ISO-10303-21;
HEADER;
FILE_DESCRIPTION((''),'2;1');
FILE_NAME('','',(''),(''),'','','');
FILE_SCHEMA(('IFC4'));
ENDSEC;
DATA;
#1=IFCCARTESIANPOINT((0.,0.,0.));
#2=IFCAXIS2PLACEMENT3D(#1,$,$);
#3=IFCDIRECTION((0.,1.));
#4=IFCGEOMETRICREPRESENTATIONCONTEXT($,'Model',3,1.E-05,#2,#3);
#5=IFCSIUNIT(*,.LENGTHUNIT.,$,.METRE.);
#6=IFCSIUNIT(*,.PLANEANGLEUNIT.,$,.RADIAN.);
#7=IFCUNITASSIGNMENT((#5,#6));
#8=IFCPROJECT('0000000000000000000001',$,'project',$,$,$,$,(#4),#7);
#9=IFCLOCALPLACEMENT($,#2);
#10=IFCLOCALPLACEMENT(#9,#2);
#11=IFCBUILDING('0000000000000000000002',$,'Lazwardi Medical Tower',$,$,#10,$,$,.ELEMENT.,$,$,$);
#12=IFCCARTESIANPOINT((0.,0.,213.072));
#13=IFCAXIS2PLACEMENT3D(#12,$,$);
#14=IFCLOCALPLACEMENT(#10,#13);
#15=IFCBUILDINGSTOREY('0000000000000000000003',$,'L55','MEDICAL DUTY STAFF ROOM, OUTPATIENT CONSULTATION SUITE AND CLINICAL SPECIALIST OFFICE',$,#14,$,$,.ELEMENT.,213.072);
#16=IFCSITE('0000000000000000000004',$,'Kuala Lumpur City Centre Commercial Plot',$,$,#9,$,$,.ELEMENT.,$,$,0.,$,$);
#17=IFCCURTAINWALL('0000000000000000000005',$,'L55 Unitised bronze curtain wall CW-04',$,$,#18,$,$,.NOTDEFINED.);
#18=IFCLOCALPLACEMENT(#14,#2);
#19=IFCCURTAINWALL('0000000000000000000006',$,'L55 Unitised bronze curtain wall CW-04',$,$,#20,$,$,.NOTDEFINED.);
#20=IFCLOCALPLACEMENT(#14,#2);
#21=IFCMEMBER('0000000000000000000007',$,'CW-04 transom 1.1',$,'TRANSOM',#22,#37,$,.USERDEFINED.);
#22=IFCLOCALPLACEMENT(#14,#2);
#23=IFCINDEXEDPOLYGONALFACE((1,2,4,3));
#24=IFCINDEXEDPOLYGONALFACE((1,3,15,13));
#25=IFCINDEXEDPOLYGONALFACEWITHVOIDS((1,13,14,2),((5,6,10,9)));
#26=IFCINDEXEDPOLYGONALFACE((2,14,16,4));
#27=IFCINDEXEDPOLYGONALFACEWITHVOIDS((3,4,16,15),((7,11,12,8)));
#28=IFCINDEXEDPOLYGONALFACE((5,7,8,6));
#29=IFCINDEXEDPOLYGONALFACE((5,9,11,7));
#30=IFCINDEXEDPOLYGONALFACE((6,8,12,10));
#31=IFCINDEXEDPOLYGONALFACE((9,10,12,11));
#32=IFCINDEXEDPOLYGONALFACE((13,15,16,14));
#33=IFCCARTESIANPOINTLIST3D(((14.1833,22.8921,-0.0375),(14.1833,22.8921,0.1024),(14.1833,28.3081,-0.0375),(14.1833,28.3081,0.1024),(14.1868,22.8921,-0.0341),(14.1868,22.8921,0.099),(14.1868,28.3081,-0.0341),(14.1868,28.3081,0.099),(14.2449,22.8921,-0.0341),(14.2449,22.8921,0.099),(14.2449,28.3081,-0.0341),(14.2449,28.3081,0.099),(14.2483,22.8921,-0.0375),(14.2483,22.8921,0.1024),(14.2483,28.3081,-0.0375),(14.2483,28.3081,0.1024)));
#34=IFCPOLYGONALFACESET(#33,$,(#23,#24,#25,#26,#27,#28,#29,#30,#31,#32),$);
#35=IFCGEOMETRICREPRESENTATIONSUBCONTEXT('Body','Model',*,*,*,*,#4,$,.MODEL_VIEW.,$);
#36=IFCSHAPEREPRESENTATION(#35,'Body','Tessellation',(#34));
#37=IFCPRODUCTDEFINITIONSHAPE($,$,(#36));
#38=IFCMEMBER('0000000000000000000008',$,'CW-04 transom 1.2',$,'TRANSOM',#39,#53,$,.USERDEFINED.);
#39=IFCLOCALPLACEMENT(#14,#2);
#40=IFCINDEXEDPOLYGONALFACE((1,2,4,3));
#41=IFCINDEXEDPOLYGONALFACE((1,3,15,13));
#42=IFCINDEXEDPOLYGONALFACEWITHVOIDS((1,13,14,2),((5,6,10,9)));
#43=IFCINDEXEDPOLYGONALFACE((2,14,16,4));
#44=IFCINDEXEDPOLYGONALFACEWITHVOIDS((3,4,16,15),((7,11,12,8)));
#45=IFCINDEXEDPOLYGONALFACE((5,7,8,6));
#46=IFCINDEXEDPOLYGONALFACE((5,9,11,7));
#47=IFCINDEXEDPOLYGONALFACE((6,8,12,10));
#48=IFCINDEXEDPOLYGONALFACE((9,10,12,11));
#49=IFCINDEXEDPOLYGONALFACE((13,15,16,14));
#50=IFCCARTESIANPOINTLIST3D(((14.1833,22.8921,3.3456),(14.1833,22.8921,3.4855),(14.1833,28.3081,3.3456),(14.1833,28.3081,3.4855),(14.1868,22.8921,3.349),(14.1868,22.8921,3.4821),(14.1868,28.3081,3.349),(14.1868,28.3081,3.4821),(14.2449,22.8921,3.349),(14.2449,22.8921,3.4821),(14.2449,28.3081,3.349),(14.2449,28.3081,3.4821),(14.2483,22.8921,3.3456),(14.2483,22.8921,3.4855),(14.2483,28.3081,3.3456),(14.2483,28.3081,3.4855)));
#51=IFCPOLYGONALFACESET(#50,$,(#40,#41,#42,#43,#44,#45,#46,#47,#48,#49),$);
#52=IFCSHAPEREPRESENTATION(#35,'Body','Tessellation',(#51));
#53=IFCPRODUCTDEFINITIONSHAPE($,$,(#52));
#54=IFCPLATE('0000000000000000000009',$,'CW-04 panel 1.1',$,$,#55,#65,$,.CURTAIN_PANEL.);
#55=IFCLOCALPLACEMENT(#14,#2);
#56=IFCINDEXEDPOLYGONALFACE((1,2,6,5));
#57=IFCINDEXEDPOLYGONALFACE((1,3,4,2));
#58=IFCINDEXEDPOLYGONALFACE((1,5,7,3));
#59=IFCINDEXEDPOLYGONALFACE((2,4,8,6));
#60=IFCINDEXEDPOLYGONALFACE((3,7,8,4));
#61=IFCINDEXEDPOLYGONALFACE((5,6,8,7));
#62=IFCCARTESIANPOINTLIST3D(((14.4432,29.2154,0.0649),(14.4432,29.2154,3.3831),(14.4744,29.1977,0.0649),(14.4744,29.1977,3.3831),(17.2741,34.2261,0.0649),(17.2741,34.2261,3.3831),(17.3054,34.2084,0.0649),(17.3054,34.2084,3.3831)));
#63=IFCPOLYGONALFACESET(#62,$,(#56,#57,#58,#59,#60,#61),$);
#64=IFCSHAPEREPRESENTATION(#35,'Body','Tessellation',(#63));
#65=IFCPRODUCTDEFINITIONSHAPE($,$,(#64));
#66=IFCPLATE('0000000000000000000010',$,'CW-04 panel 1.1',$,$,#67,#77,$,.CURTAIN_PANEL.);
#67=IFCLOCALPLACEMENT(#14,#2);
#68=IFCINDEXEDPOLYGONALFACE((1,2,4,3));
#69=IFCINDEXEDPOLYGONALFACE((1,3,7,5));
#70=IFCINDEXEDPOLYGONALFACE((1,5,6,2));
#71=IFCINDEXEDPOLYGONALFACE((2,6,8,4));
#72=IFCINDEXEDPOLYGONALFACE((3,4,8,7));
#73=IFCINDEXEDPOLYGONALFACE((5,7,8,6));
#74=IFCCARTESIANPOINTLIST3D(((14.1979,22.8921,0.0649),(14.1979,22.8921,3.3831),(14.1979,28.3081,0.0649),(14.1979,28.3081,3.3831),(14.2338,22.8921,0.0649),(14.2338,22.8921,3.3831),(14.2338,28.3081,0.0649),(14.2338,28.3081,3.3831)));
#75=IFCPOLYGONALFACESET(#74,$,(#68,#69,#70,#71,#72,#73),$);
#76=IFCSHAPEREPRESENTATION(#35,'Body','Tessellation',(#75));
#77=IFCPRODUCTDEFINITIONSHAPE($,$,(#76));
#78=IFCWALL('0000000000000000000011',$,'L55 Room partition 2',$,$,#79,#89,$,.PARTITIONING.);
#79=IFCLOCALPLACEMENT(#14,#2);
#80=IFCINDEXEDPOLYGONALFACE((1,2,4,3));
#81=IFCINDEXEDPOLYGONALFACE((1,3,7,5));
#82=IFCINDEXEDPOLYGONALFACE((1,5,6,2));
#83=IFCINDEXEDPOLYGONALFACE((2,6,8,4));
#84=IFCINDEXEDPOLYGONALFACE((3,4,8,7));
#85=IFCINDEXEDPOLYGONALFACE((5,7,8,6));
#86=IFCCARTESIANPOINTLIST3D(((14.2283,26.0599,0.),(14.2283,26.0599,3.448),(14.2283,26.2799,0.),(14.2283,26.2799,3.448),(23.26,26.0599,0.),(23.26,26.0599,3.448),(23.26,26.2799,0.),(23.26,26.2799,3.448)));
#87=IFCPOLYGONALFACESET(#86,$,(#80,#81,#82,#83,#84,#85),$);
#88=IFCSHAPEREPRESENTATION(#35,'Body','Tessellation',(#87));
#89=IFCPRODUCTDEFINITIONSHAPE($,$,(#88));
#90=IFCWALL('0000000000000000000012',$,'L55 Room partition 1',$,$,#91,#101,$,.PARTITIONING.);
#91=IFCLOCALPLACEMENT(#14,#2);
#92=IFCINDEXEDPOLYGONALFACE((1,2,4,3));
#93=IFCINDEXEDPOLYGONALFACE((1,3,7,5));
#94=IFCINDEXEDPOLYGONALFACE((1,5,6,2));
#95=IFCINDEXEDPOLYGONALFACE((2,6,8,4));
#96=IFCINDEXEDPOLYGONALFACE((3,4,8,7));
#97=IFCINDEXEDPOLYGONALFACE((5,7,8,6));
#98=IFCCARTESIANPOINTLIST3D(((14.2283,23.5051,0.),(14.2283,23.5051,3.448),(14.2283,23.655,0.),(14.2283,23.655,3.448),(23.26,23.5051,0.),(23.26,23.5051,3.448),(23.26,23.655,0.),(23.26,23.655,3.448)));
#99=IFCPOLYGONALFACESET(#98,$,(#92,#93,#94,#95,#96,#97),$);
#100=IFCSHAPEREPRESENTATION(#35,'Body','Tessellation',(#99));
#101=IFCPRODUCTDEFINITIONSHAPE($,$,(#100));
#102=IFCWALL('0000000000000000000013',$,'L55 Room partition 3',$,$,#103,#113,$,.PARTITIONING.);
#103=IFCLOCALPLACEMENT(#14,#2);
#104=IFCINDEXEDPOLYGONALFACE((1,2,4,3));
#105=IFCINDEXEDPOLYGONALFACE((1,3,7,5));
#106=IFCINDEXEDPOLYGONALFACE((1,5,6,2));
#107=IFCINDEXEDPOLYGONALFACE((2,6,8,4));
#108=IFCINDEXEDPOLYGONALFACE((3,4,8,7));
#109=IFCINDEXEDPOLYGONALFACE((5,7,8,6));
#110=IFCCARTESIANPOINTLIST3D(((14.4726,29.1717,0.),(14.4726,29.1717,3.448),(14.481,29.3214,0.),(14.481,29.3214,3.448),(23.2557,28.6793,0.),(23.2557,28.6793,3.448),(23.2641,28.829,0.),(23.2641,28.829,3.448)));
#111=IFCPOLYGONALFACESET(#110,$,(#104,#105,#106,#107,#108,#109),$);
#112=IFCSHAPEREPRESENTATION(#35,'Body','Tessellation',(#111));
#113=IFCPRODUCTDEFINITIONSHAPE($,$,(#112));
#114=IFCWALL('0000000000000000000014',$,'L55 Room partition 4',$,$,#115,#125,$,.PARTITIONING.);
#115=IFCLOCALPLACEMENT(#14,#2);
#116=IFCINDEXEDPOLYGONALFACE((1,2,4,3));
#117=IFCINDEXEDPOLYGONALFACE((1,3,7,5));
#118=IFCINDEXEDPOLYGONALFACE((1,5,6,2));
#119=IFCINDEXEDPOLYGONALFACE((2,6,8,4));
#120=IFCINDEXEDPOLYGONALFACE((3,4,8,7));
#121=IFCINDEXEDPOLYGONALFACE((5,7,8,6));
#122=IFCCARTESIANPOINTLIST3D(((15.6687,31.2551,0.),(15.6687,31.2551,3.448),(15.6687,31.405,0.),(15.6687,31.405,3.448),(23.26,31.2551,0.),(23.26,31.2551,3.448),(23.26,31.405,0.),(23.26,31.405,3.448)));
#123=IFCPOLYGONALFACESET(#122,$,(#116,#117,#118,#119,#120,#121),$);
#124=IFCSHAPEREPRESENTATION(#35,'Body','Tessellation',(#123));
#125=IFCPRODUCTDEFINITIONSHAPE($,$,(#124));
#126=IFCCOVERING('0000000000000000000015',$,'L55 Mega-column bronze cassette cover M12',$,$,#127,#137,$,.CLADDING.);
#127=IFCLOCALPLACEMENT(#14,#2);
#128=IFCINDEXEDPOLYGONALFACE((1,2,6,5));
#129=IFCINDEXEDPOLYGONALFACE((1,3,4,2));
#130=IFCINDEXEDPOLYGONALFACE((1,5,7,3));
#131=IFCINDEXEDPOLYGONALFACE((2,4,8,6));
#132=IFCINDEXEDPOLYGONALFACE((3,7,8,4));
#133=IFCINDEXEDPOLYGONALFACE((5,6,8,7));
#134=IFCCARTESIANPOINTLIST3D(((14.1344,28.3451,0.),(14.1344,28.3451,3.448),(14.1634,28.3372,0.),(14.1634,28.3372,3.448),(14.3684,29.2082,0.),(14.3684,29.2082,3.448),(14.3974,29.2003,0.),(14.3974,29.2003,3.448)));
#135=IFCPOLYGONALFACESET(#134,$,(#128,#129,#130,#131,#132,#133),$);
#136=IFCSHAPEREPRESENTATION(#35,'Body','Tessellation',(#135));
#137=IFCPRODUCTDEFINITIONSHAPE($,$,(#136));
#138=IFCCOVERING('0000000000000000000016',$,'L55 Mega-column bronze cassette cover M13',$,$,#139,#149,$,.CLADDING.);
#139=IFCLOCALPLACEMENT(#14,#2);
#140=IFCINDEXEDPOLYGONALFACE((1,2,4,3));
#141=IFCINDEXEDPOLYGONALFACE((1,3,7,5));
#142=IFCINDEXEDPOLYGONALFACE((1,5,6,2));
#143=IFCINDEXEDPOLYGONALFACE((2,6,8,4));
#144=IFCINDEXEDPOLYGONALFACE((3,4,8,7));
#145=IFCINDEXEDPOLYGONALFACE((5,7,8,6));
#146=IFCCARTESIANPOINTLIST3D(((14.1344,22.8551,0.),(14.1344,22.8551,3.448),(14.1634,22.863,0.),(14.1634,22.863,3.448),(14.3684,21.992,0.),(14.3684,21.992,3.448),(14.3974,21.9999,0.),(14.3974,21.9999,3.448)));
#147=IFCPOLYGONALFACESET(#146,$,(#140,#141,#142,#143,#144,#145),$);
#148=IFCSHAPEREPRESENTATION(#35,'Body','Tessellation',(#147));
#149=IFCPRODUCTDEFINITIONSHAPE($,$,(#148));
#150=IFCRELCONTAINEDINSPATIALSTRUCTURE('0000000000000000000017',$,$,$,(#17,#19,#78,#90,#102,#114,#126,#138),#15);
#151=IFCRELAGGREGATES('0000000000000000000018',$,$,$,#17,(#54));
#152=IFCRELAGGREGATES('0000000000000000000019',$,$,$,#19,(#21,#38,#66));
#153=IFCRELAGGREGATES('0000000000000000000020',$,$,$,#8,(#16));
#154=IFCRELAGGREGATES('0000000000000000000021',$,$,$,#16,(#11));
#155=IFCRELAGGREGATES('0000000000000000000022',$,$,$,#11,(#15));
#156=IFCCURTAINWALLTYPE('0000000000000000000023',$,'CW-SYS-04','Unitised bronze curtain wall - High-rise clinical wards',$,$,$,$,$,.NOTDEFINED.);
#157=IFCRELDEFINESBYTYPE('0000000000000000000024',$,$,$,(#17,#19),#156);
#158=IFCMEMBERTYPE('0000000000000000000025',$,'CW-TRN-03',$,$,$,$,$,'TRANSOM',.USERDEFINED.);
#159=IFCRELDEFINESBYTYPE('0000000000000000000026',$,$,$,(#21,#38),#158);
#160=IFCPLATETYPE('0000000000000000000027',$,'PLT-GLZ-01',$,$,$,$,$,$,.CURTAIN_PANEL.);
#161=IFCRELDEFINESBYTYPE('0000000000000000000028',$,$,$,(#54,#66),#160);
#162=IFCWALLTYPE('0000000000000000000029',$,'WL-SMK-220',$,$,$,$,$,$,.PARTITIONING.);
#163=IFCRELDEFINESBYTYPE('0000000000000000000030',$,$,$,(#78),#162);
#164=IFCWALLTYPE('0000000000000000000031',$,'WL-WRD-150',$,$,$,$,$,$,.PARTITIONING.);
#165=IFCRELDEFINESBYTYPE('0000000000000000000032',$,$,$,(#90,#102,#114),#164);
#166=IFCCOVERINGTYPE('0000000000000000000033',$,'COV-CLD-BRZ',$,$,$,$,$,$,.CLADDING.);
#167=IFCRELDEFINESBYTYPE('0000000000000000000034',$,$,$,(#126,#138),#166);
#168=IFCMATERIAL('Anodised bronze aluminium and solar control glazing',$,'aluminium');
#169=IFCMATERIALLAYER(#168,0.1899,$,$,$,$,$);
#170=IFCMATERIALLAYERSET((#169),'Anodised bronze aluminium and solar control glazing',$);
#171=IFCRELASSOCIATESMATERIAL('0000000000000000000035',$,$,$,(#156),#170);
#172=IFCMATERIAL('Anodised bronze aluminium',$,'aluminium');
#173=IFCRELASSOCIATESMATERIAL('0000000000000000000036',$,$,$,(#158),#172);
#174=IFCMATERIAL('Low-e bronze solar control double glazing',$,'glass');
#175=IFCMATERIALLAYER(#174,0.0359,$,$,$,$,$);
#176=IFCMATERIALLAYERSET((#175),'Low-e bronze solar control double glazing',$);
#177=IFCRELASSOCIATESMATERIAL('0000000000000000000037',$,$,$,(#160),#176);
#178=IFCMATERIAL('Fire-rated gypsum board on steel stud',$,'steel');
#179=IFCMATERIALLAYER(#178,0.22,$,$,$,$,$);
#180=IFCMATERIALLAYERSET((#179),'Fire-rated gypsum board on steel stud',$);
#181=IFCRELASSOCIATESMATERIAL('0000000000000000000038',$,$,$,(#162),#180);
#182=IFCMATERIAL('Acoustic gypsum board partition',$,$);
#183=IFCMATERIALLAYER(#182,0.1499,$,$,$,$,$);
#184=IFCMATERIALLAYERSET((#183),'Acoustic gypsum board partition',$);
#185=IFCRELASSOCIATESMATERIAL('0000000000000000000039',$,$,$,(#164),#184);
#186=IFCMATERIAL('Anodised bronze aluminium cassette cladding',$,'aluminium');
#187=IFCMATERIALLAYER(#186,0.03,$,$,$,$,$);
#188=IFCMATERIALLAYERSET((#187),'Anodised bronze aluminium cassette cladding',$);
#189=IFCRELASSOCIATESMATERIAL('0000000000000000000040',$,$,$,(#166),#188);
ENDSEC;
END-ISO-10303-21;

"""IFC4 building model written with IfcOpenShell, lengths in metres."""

from ifc_helpers import new_model, si_unit, direction, frame, frame_2d, origin, origin_2d, place, context, subcontext, project, spatial, rectangle, hollow_rectangle, extrude, material, layer, layer_set, material_profile, profile_set, type_object, element, aggregate, save


model = new_model("IFC4")

# Units and contexts
model_context = context("Model", 3, precision=1e-05, world=origin(), true_north=direction((0.0, 1.0)))
body_context = subcontext(model_context, "Body", "Model", "MODEL_VIEW")
ifc_project = project(units=[si_unit("LENGTHUNIT", "METRE"), si_unit("PLANEANGLEUNIT", "RADIAN")], contexts=[model_context])

# Site, building, storey
site_placement = place(None, origin())
site = spatial("IfcSite", under=ifc_project, at=site_placement, Name="Kuala Lumpur City Centre Commercial Plot", CompositionType="ELEMENT", RefElevation=0.0)
building_placement = place(site_placement, origin())
building = spatial("IfcBuilding", under=site, at=building_placement, Name="Lazwardi Medical Tower", CompositionType="ELEMENT")
storey_placement = place(building_placement, frame((0.0, 0.0, 213.072)))
storey = spatial("IfcBuildingStorey", under=building, at=storey_placement, Name="L55", Description="MEDICAL DUTY STAFF ROOM, OUTPATIENT CONSULTATION SUITE AND CLINICAL SPECIALIST OFFICE", CompositionType="ELEMENT", Elevation=213.072)

# Curtain wall
ifc_material_1 = material(Name="Anodised bronze aluminium and solar control glazing", Category="aluminium")
ifc_layer_1 = layer(ifc_material_1, 0.1899)
ifc_layer_set_1 = layer_set([ifc_layer_1], Name="Anodised bronze aluminium and solar control glazing")
curtain_wall_type = type_object("IfcCurtainWallType", Name="CW-SYS-04", Description="Unitised bronze curtain wall - High-rise clinical wards", PredefinedType="NOTDEFINED", material=ifc_layer_set_1)
curtain_wall_1_placement = place(storey_placement, origin())
curtain_wall_1 = element("IfcCurtainWall", 1, at=curtain_wall_1_placement, inside=storey, type_object=curtain_wall_type, Name="L55 Unitised bronze curtain wall CW-04", PredefinedType="NOTDEFINED")
ifc_material_2 = material(Name="Anodised bronze aluminium", Category="aluminium")

# Curtain wall
curtain_wall_2_placement = place(storey_placement, origin())
curtain_wall_2 = element("IfcCurtainWall", 2, at=curtain_wall_2_placement, inside=storey, type_object=curtain_wall_type, Name="L55 Unitised bronze curtain wall CW-04", PredefinedType="NOTDEFINED")

# Members
ifc_material_profile_1 = material_profile(ifc_material_2, hollow_rectangle(XDim=0.0649, YDim=0.1399, WallThickness=0.0034, at=origin_2d()), Name="ALU-TRANSOM 140x65x3.5")
ifc_profile_set_1 = profile_set([ifc_material_profile_1], Name="Anodised bronze aluminium")
member_type_1 = type_object("IfcMemberType", Name="CW-TRN-03", ElementType="TRANSOM", PredefinedType="USERDEFINED", material=ifc_profile_set_1)
member_1_placement = place(storey_placement, frame((14.2158, 28.3081, 0.0325), z_axis=(0.0, -1.0, 0.0), x_axis=(1.0, 0.0, 0.0)))
member_1 = element("IfcMember", 3, at=member_1_placement, type_object=member_type_1, Name="CW-04 transom 1.1", ObjectType="TRANSOM", PredefinedType="USERDEFINED", context=body_context, shape_type="SweptSolid", body=[
    extrude(hollow_rectangle(XDim=0.0649, YDim=0.1399, WallThickness=0.0034, at=origin_2d()), origin(), (0.0, 0.0, 1.0), 5.416),
])
member_2_placement = place(storey_placement, frame((14.2158, 28.3081, 3.4155), z_axis=(0.0, -1.0, 0.0), x_axis=(1.0, 0.0, 0.0)))
member_2 = element("IfcMember", 4, at=member_2_placement, type_object=member_type_1, Name="CW-04 transom 1.2", ObjectType="TRANSOM", PredefinedType="USERDEFINED", context=body_context, shape_type="SweptSolid", body=[
    extrude(hollow_rectangle(XDim=0.0649, YDim=0.1399, WallThickness=0.0034, at=origin_2d()), origin(), (0.0, 0.0, 1.0), 5.416),
])

# Plates
ifc_material_3 = material(Name="Low-e bronze solar control double glazing", Category="glass")
ifc_layer_2 = layer(ifc_material_3, 0.0359)
ifc_layer_set_2 = layer_set([ifc_layer_2], Name="Low-e bronze solar control double glazing")
plate_type = type_object("IfcPlateType", Name="PLT-GLZ-01", PredefinedType="CURTAIN_PANEL", material=ifc_layer_set_2)
plate_1_placement = place(storey_placement, frame((15.8743, 31.7119, 0.0649), z_axis=(0.0, 0.0, 1.0), x_axis=(-0.4919, -0.870651, 0.0)))
plate_1 = element("IfcPlate", 5, at=plate_1_placement, type_object=plate_type, Name="CW-04 panel 1.1", PredefinedType="CURTAIN_PANEL", context=body_context, shape_type="SweptSolid", body=[
    extrude(rectangle(XDim=5.7551, YDim=0.0359, at=origin_2d()), origin(), (0.0, 0.0, 1.0), 3.3181),
])
aggregate(curtain_wall_1, [plate_1])
plate_2_placement = place(storey_placement, frame((14.2158, 25.6001, 0.0649), z_axis=(0.0, 0.0, 1.0), x_axis=(0.0, -1.0, 0.0)))
plate_2 = element("IfcPlate", 6, at=plate_2_placement, type_object=plate_type, Name="CW-04 panel 1.1", PredefinedType="CURTAIN_PANEL", context=body_context, shape_type="SweptSolid", body=[
    extrude(rectangle(XDim=5.416, YDim=0.0359, at=origin_2d()), origin(), (0.0, 0.0, 1.0), 3.3181),
])
aggregate(curtain_wall_2, [member_1, member_2, plate_2])

# Walls
ifc_material_4 = material(Name="Fire-rated gypsum board on steel stud", Category="steel")
ifc_layer_3 = layer(ifc_material_4, 0.22)
ifc_layer_set_3 = layer_set([ifc_layer_3], Name="Fire-rated gypsum board on steel stud")
wall_type_1 = type_object("IfcWallType", Name="WL-SMK-220", PredefinedType="PARTITIONING", material=ifc_layer_set_3)
wall_1_placement = place(storey_placement, frame((14.2283, 26.1699, 0.0), z_axis=(0.0, 0.0, 1.0), x_axis=(1.0, 0.0, 0.0)))
element("IfcWall", 7, at=wall_1_placement, inside=storey, type_object=wall_type_1, Name="L55 Room partition 2", PredefinedType="PARTITIONING", context=body_context, shape_type="SweptSolid", body=[
    extrude(rectangle(XDim=9.0317, YDim=0.22, at=frame_2d((4.5159, 0.0))), origin(), (0.0, 0.0, 1.0), 3.448),
])
ifc_material_5 = material(Name="Acoustic gypsum board partition")
ifc_layer_4 = layer(ifc_material_5, 0.1499)
ifc_layer_set_4 = layer_set([ifc_layer_4], Name="Acoustic gypsum board partition")
wall_type_2 = type_object("IfcWallType", Name="WL-WRD-150", PredefinedType="PARTITIONING", material=ifc_layer_set_4)
wall_2_placement = place(storey_placement, frame((14.2283, 23.5801, 0.0), z_axis=(0.0, 0.0, 1.0), x_axis=(1.0, 0.0, 0.0)))
element("IfcWall", 8, at=wall_2_placement, inside=storey, type_object=wall_type_2, Name="L55 Room partition 1", PredefinedType="PARTITIONING", context=body_context, shape_type="SweptSolid", body=[
    extrude(rectangle(XDim=9.0317, YDim=0.1499, at=frame_2d((4.5159, 0.0))), origin(), (0.0, 0.0, 1.0), 3.448),
])
wall_3_placement = place(storey_placement, frame((14.4768, 29.2466, 0.0), z_axis=(0.0, 0.0, 1.0), x_axis=(0.998432, -0.055977, 0.0)))
element("IfcWall", 9, at=wall_3_placement, inside=storey, type_object=wall_type_2, Name="L55 Room partition 3", PredefinedType="PARTITIONING", context=body_context, shape_type="SweptSolid", body=[
    extrude(rectangle(XDim=8.7969, YDim=0.1499, at=frame_2d((4.3984, 0.0))), origin(), (0.0, 0.0, 1.0), 3.448),
])
wall_4_placement = place(storey_placement, frame((15.6687, 31.3301, 0.0), z_axis=(0.0, 0.0, 1.0), x_axis=(1.0, 0.0, 0.0)))
element("IfcWall", 10, at=wall_4_placement, inside=storey, type_object=wall_type_2, Name="L55 Room partition 4", PredefinedType="PARTITIONING", context=body_context, shape_type="SweptSolid", body=[
    extrude(rectangle(XDim=7.5913, YDim=0.1499, at=frame_2d((3.7957, 0.0))), origin(), (0.0, 0.0, 1.0), 3.448),
])

# Coverings
ifc_material_6 = material(Name="Anodised bronze aluminium cassette cladding", Category="aluminium")
ifc_layer_5 = layer(ifc_material_6, 0.03)
ifc_layer_set_5 = layer_set([ifc_layer_5], Name="Anodised bronze aluminium cassette cladding")
covering_type = type_object("IfcCoveringType", Name="COV-CLD-BRZ", PredefinedType="CLADDING", material=ifc_layer_set_5)
for number, where, z_axis, x_axis, name in (
    (11, (14.2659, 28.7727, 0.0), (0.0, 0.0, 1.0), (-0.261642, -0.965165, 0.0), "L55 Mega-column bronze cassette cover M12"),
    (12, (14.2659, 22.4275, 0.0), (0.0, 0.0, 1.0), (0.261642, -0.965165, 0.0), "L55 Mega-column bronze cassette cover M13"),
):
    element("IfcCovering", number, at=place(storey_placement, frame(where, z_axis=z_axis, x_axis=x_axis)), inside=storey, type_object=covering_type, Name=name, PredefinedType="CLADDING", context=body_context, shape_type="SweptSolid", body=[
        extrude(rectangle(XDim=0.8943, YDim=0.03, at=origin_2d()), origin(), (0.0, 0.0, 1.0), 3.448),
    ])

save(model, "model.ifc")
